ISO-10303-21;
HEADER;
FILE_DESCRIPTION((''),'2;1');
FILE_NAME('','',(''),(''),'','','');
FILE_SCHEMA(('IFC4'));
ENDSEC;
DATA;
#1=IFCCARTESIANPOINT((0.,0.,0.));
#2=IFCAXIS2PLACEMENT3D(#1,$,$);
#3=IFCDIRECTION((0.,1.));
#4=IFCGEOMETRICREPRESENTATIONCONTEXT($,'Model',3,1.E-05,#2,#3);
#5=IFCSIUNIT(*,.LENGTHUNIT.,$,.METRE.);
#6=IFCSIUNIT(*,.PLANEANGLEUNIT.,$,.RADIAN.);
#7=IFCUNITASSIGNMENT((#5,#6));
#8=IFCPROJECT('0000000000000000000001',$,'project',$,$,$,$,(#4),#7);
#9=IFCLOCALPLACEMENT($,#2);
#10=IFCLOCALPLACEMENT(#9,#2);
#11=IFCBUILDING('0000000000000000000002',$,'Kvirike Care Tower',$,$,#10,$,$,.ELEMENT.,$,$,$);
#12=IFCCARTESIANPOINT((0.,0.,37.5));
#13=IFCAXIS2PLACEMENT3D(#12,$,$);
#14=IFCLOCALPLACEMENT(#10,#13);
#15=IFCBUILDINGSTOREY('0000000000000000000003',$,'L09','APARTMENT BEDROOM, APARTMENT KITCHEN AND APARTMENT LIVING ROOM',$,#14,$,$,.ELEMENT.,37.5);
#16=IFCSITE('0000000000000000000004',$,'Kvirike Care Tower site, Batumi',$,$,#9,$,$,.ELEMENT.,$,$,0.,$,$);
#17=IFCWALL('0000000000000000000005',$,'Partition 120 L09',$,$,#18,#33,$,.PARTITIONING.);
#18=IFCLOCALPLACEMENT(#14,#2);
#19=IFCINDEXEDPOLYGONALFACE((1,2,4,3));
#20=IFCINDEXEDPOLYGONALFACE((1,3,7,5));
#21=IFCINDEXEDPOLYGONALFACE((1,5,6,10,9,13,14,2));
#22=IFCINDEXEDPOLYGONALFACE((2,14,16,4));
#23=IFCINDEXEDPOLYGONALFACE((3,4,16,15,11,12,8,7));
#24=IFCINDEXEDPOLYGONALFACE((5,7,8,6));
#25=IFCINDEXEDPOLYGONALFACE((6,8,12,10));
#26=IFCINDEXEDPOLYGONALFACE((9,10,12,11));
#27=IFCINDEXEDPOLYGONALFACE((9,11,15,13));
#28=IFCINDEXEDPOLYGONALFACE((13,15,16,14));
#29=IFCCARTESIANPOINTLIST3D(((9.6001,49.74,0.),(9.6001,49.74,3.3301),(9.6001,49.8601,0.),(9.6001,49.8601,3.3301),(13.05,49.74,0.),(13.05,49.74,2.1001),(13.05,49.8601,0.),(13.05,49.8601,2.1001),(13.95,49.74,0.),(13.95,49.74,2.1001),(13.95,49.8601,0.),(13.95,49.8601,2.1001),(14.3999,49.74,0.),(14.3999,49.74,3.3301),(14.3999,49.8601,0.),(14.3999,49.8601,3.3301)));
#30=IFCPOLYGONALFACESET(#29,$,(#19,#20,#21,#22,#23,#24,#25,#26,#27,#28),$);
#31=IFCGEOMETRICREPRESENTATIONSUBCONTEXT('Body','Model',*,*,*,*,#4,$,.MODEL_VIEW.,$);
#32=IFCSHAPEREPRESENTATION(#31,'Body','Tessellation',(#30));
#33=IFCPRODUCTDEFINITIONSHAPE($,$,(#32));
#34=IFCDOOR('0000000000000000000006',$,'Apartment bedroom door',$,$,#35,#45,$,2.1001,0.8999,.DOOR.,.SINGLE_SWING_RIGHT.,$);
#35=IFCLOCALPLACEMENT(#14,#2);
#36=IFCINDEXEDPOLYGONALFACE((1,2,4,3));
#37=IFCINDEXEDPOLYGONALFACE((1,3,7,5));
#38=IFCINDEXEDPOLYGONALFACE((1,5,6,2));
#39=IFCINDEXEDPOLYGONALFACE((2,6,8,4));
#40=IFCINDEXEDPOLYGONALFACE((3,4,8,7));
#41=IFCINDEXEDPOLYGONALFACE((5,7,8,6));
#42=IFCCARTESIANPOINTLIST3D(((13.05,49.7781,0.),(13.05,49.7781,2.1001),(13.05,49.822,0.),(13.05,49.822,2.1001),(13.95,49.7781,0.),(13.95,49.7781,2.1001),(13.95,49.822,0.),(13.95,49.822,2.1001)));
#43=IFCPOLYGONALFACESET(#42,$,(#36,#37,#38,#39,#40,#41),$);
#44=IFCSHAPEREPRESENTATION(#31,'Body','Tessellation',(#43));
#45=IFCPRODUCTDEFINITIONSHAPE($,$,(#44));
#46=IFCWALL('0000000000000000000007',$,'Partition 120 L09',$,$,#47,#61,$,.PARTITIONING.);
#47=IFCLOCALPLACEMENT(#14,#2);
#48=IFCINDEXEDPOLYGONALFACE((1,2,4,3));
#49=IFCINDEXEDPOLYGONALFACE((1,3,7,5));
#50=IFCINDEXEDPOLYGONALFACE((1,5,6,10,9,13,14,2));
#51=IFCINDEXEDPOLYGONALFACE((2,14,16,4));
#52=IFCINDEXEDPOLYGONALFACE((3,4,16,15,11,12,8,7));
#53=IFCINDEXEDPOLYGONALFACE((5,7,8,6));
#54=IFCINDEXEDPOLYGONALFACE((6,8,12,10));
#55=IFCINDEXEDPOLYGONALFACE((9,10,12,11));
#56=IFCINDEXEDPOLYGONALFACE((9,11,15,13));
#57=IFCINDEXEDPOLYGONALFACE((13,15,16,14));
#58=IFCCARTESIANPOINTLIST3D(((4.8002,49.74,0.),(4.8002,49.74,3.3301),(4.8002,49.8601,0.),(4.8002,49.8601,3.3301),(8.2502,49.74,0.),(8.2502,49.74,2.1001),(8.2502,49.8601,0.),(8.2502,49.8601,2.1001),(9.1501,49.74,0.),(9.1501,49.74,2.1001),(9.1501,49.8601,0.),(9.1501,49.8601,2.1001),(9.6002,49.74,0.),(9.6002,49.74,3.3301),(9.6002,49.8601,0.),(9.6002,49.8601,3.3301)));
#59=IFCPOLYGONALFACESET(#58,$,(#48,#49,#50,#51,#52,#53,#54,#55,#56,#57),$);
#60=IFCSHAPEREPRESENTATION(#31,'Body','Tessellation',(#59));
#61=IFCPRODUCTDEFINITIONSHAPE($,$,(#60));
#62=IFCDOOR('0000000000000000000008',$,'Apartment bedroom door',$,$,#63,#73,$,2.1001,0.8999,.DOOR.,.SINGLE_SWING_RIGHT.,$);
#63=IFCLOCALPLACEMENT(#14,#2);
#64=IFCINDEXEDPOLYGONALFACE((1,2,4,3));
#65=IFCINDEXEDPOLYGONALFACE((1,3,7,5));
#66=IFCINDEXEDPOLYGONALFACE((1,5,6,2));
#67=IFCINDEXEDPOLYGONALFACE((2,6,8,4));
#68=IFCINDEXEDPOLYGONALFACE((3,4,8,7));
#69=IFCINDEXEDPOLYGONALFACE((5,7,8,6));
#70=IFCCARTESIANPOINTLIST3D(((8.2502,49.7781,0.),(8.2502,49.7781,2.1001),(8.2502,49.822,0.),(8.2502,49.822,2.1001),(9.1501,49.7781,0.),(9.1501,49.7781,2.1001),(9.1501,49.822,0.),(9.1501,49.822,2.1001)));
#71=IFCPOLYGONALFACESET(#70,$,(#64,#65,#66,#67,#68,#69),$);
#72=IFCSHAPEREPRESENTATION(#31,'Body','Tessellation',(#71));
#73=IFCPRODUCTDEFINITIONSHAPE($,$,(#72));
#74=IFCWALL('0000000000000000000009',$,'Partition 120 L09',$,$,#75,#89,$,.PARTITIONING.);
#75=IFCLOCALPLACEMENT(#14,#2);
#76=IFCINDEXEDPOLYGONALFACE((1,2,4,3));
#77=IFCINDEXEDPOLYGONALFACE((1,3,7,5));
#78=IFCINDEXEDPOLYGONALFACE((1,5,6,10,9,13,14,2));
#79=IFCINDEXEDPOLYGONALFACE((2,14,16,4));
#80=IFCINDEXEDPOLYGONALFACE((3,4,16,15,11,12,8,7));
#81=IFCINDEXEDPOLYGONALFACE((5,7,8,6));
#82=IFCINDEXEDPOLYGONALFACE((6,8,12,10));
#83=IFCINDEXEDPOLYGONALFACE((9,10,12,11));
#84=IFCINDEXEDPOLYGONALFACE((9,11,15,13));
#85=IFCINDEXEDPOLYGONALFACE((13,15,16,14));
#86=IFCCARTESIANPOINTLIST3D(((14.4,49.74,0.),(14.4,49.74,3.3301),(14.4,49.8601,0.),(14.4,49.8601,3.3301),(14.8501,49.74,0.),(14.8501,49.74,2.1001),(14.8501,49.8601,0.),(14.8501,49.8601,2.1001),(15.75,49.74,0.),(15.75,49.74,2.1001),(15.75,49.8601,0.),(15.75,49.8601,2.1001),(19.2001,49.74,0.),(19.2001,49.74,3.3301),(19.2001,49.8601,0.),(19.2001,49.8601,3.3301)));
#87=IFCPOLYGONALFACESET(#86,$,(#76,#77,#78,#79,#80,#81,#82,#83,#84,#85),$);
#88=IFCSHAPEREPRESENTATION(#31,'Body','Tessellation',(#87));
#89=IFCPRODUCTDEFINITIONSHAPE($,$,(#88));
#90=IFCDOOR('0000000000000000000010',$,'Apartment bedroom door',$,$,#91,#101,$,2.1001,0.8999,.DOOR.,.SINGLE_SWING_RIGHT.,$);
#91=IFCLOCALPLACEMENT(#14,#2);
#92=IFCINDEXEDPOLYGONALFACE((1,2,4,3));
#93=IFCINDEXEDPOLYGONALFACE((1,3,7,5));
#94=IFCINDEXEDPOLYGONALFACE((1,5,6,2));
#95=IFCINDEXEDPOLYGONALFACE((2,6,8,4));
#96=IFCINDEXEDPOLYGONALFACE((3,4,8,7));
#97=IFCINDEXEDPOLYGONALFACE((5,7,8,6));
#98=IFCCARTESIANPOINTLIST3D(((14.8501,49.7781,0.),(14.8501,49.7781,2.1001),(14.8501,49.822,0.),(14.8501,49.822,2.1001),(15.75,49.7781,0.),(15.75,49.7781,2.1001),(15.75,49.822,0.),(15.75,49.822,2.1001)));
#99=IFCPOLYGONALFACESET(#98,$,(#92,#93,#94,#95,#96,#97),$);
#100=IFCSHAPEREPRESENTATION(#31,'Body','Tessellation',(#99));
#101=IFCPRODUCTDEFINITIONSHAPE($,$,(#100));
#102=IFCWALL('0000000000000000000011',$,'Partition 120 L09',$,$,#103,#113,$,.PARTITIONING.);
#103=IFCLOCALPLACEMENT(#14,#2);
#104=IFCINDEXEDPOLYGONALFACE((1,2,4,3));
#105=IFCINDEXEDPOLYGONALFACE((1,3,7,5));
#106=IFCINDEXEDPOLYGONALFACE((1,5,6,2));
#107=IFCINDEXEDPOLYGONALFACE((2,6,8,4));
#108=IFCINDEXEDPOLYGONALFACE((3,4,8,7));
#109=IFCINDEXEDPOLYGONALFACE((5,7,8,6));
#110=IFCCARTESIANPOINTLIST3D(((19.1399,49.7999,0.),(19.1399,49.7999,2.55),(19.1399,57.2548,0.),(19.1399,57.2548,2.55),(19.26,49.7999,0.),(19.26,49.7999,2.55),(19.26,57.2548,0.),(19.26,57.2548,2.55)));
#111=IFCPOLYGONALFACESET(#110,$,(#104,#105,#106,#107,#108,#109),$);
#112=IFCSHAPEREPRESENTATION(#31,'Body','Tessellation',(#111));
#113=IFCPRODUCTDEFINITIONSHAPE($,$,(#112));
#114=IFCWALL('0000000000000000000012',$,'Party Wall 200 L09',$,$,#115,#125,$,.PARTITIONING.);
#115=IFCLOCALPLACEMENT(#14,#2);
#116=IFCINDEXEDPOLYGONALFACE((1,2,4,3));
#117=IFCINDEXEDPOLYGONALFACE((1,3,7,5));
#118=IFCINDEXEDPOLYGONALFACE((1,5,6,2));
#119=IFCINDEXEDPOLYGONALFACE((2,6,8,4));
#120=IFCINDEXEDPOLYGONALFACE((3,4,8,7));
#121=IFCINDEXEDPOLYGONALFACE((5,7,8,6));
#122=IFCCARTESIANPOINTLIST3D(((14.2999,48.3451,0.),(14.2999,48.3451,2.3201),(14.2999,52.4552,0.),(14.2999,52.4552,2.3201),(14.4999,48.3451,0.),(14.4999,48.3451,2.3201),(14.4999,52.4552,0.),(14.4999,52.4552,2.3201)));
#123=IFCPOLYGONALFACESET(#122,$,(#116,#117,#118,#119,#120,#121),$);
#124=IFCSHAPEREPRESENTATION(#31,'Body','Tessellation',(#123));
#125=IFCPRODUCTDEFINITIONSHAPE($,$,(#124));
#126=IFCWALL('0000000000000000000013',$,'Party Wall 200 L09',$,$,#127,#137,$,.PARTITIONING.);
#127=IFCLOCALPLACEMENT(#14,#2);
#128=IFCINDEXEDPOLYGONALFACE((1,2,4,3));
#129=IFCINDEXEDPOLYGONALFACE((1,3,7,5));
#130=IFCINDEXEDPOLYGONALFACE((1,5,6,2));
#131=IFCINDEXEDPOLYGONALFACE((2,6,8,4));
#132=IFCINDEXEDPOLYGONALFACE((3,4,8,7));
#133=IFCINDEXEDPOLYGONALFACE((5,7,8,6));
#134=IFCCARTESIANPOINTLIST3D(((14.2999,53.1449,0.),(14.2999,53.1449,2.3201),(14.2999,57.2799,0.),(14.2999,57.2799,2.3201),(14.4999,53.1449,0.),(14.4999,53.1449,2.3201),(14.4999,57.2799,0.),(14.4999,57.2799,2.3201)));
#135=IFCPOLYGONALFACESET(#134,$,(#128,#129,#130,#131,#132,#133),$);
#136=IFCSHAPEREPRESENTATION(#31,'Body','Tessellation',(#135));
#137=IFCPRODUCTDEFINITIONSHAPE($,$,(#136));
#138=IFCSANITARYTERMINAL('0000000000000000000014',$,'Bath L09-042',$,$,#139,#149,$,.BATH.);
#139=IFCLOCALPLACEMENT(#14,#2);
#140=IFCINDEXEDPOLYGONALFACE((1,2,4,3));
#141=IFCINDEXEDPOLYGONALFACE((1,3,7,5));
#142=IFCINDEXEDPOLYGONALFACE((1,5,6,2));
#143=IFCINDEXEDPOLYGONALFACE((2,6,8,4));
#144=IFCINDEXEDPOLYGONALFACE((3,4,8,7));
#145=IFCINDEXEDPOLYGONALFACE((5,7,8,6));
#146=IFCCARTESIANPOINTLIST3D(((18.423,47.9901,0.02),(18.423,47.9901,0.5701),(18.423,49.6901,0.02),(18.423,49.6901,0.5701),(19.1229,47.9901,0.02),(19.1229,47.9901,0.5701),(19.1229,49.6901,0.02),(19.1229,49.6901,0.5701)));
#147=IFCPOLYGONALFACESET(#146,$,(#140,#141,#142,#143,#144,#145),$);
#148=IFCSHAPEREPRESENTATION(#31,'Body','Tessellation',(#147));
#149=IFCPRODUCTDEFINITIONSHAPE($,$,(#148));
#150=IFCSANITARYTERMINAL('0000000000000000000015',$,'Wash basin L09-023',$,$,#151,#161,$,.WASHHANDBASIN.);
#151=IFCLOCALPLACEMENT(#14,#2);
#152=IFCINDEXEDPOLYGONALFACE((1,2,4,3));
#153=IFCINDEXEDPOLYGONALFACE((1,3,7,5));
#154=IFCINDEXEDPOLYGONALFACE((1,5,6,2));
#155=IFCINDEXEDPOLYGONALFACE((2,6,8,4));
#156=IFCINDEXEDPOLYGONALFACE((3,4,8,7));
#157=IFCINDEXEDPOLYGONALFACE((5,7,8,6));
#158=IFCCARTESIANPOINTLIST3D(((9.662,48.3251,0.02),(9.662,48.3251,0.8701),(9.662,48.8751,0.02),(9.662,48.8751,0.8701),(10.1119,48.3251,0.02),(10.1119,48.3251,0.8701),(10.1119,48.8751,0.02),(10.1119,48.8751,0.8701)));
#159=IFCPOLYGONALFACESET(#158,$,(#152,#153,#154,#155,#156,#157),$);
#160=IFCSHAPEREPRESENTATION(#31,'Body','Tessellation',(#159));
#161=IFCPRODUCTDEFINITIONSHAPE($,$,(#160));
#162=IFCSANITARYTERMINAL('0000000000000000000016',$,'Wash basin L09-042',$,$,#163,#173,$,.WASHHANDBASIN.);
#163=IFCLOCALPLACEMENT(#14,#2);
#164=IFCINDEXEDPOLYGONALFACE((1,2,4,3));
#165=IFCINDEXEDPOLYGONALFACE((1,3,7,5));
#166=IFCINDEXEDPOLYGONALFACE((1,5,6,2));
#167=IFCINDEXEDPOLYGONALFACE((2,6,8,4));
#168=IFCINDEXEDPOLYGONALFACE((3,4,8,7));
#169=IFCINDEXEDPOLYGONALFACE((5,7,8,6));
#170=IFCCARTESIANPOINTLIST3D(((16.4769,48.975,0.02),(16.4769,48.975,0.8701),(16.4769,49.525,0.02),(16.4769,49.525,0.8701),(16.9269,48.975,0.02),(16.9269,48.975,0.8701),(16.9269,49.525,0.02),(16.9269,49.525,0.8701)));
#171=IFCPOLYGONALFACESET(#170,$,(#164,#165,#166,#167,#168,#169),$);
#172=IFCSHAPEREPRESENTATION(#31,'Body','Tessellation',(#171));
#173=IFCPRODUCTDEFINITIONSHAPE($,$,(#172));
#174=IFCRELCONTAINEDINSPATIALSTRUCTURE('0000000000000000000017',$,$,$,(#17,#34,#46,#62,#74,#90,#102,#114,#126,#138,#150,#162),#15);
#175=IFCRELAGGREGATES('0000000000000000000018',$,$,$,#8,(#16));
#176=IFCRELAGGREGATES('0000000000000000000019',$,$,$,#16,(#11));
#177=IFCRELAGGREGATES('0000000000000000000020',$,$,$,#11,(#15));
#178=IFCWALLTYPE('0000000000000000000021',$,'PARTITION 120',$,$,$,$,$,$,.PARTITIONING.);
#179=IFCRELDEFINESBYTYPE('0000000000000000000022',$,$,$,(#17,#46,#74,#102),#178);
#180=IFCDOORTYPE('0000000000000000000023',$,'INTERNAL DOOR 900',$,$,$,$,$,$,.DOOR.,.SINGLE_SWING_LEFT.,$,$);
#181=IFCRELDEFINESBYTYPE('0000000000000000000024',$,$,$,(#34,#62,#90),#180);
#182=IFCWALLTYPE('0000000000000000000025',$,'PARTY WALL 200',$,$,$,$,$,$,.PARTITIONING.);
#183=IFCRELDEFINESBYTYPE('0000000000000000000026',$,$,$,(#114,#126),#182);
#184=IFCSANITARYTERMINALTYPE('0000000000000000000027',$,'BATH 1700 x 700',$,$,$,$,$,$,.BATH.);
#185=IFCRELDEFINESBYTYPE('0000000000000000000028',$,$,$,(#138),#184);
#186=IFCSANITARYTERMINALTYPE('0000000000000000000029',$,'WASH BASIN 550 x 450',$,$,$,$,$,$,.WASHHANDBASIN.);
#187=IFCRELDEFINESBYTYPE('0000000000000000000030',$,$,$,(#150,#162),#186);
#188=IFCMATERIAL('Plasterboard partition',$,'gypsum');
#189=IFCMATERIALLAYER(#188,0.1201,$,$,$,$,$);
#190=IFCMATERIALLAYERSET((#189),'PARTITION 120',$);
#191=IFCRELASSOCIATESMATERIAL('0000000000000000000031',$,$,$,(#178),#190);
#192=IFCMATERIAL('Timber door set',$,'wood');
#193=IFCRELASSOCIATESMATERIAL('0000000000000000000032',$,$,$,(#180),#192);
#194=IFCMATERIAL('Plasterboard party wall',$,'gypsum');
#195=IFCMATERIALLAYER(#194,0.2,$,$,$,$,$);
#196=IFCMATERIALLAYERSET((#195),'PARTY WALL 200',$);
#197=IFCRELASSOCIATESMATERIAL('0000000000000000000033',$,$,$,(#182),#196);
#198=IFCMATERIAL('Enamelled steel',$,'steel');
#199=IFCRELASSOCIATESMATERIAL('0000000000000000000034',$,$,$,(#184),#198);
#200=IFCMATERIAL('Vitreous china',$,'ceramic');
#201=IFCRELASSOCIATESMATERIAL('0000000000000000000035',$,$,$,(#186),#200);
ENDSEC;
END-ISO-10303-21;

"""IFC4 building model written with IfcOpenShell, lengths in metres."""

from ifc_helpers import new_model, si_unit, direction, frame, frame_2d, origin, origin_2d, place, context, subcontext, project, spatial, rectangle, extrude, material, layer, layer_set, type_object, element, fill, save


model = new_model("IFC4")

# Units and contexts
model_context = context("Model", 3, precision=1e-05, world=origin(), true_north=direction((0.0, 1.0)))
body_context = subcontext(model_context, "Body", "Model", "MODEL_VIEW")
ifc_project = project(units=[si_unit("LENGTHUNIT", "METRE"), si_unit("PLANEANGLEUNIT", "RADIAN")], contexts=[model_context])

# Site, building, storey
site_placement = place(None, origin())
site = spatial("IfcSite", under=ifc_project, at=site_placement, Name="Kvirike Care Tower site, Batumi", CompositionType="ELEMENT", RefElevation=0.0)
building_placement = place(site_placement, origin())
building = spatial("IfcBuilding", under=site, at=building_placement, Name="Kvirike Care Tower", CompositionType="ELEMENT")
storey_placement = place(building_placement, frame((0.0, 0.0, 37.5)))
storey = spatial("IfcBuildingStorey", under=building, at=storey_placement, Name="L09", Description="APARTMENT BEDROOM, APARTMENT KITCHEN AND APARTMENT LIVING ROOM", CompositionType="ELEMENT", Elevation=37.5)

# Walls, openings, doors
ifc_material_1 = material(Name="Plasterboard partition", Category="gypsum")
ifc_layer_1 = layer(ifc_material_1, 0.1201)
ifc_layer_set_1 = layer_set([ifc_layer_1], Name="PARTITION 120")
wall_type_1 = type_object("IfcWallType", Name="PARTITION 120", PredefinedType="PARTITIONING", material=ifc_layer_set_1)
ifc_material_2 = material(Name="Timber door set", Category="wood")
door_type_1 = type_object("IfcDoorType", Name="INTERNAL DOOR 900", OperationType="SINGLE_SWING_LEFT", PredefinedType="DOOR", material=ifc_material_2)
wall_1_placement = place(storey_placement, frame((14.3999, 49.8, 0.0), z_axis=(0.0, 0.0, 1.0), x_axis=(-1.0, 0.0, 0.0)))
wall_1 = element("IfcWall", 1, at=wall_1_placement, inside=storey, type_object=wall_type_1, Name="Partition 120 L09", PredefinedType="PARTITIONING", context=body_context, shape_type="SweptSolid", body=[
    extrude(rectangle(XDim=4.7998, YDim=0.1201, at=frame_2d((2.3999, 0.0))), origin(), (0.0, 0.0, 1.0), 3.3301),
])
opening_1_placement = place(wall_1_placement, frame((0.45, 0.0, 0.0)))
opening_1 = element("IfcOpeningElement", 2, at=opening_1_placement, cuts=wall_1, PredefinedType="OPENING", context=body_context, shape_type="SweptSolid", body=[
    extrude(rectangle(XDim=0.8999, YDim=2.1001, at=frame_2d((0.45, 1.05))), frame((0.0, 0.0706, 0.0), z_axis=(0.0, -1.0, 0.0), x_axis=(1.0, 0.0, 0.0)), (0.0, 0.0, 1.0), 0.1411),
])
door_1_placement = place(opening_1_placement, origin())
door_1 = element("IfcDoor", 3, at=door_1_placement, inside=storey, type_object=door_type_1, Name="Apartment bedroom door", OperationType="SINGLE_SWING_RIGHT", OverallHeight=2.1001, OverallWidth=0.8999, PredefinedType="DOOR", context=body_context, shape_type="SweptSolid", body=[
    extrude(rectangle(XDim=0.8999, YDim=2.1001, at=frame_2d((0.45, 1.05))), frame((0.0, 0.022, 0.0), z_axis=(0.0, -1.0, 0.0), x_axis=(1.0, 0.0, 0.0)), (0.0, 0.0, 1.0), 0.0439),
])
fill(opening_1, door_1)
wall_2_placement = place(storey_placement, frame((9.6001, 49.8, 0.0), z_axis=(0.0, 0.0, 1.0), x_axis=(-1.0, 0.0, 0.0)))
wall_2 = element("IfcWall", 4, at=wall_2_placement, inside=storey, type_object=wall_type_1, Name="Partition 120 L09", PredefinedType="PARTITIONING", context=body_context, shape_type="SweptSolid", body=[
    extrude(rectangle(XDim=4.8, YDim=0.1201, at=frame_2d((2.3999, 0.0))), origin(), (0.0, 0.0, 1.0), 3.3301),
])
opening_2_placement = place(wall_2_placement, frame((0.45, 0.0, 0.0)))
opening_2 = element("IfcOpeningElement", 5, at=opening_2_placement, cuts=wall_2, PredefinedType="OPENING", context=body_context, shape_type="SweptSolid", body=[
    extrude(rectangle(XDim=0.8999, YDim=2.1001, at=frame_2d((0.45, 1.05))), frame((0.0, 0.0706, 0.0), z_axis=(0.0, -1.0, 0.0), x_axis=(1.0, 0.0, 0.0)), (0.0, 0.0, 1.0), 0.1411),
])
door_2_placement = place(opening_2_placement, origin())
door_2 = element("IfcDoor", 6, at=door_2_placement, inside=storey, type_object=door_type_1, Name="Apartment bedroom door", OperationType="SINGLE_SWING_RIGHT", OverallHeight=2.1001, OverallWidth=0.8999, PredefinedType="DOOR", context=body_context, shape_type="SweptSolid", body=[
    extrude(rectangle(XDim=0.8999, YDim=2.1001, at=frame_2d((0.45, 1.05))), frame((0.0, 0.022, 0.0), z_axis=(0.0, -1.0, 0.0), x_axis=(1.0, 0.0, 0.0)), (0.0, 0.0, 1.0), 0.0439),
])
fill(opening_2, door_2)
wall_3_placement = place(storey_placement, frame((19.2, 49.8, 0.0), z_axis=(0.0, 0.0, 1.0), x_axis=(-1.0, 0.0, 0.0)))
wall_3 = element("IfcWall", 7, at=wall_3_placement, inside=storey, type_object=wall_type_1, Name="Partition 120 L09", PredefinedType="PARTITIONING", context=body_context, shape_type="SweptSolid", body=[
    extrude(rectangle(XDim=4.8, YDim=0.1201, at=frame_2d((2.3999, 0.0))), origin(), (0.0, 0.0, 1.0), 3.3301),
])
opening_3_placement = place(wall_3_placement, frame((3.45, 0.0, 0.0)))
opening_3 = element("IfcOpeningElement", 8, at=opening_3_placement, cuts=wall_3, PredefinedType="OPENING", context=body_context, shape_type="SweptSolid", body=[
    extrude(rectangle(XDim=0.8999, YDim=2.1001, at=frame_2d((0.45, 1.05))), frame((0.0, 0.0706, 0.0), z_axis=(0.0, -1.0, 0.0), x_axis=(1.0, 0.0, 0.0)), (0.0, 0.0, 1.0), 0.1411),
])
door_3_placement = place(opening_3_placement, frame((0.8999, 0.0, 0.0), z_axis=(0.0, 0.0, 1.0), x_axis=(-1.0, 0.0, 0.0)))
door_3 = element("IfcDoor", 9, at=door_3_placement, inside=storey, type_object=door_type_1, Name="Apartment bedroom door", OperationType="SINGLE_SWING_RIGHT", OverallHeight=2.1001, OverallWidth=0.8999, PredefinedType="DOOR", context=body_context, shape_type="SweptSolid", body=[
    extrude(rectangle(XDim=0.8999, YDim=2.1001, at=frame_2d((0.45, 1.05))), frame((0.0, 0.022, 0.0), z_axis=(0.0, -1.0, 0.0), x_axis=(1.0, 0.0, 0.0)), (0.0, 0.0, 1.0), 0.0439),
])
fill(opening_3, door_3)

# Walls
wall_4_placement = place(storey_placement, frame((19.2, 57.2549, 0.0), z_axis=(0.0, 0.0, 1.0), x_axis=(0.0, -1.0, 0.0)))
element("IfcWall", 10, at=wall_4_placement, inside=storey, type_object=wall_type_1, Name="Partition 120 L09", PredefinedType="PARTITIONING", context=body_context, shape_type="SweptSolid", body=[
    extrude(rectangle(XDim=7.4548, YDim=0.1201, at=frame_2d((3.7275, 0.0))), origin(), (0.0, 0.0, 1.0), 2.55),
])
ifc_material_3 = material(Name="Plasterboard party wall", Category="gypsum")
ifc_layer_2 = layer(ifc_material_3, 0.2)
ifc_layer_set_2 = layer_set([ifc_layer_2], Name="PARTY WALL 200")
wall_type_2 = type_object("IfcWallType", Name="PARTY WALL 200", PredefinedType="PARTITIONING", material=ifc_layer_set_2)
wall_5_placement = place(storey_placement, frame((14.3999, 48.345, 0.0), z_axis=(0.0, 0.0, 1.0), x_axis=(0.0, 1.0, 0.0)))
element("IfcWall", 11, at=wall_5_placement, inside=storey, type_object=wall_type_2, Name="Party Wall 200 L09", PredefinedType="PARTITIONING", context=body_context, shape_type="SweptSolid", body=[
    extrude(rectangle(XDim=4.1101, YDim=0.2, at=frame_2d((2.0552, 0.0))), origin(), (0.0, 0.0, 1.0), 2.3201),
])
wall_6_placement = place(storey_placement, frame((14.3999, 53.145, 0.0), z_axis=(0.0, 0.0, 1.0), x_axis=(0.0, 1.0, 0.0)))
element("IfcWall", 12, at=wall_6_placement, inside=storey, type_object=wall_type_2, Name="Party Wall 200 L09", PredefinedType="PARTITIONING", context=body_context, shape_type="SweptSolid", body=[
    extrude(rectangle(XDim=4.135, YDim=0.2, at=frame_2d((2.0674, 0.0))), origin(), (0.0, 0.0, 1.0), 2.3201),
])

# Sanitary terminals
ifc_material_4 = material(Name="Enamelled steel", Category="steel")
sanitary_terminal_type_1 = type_object("IfcSanitaryTerminalType", Name="BATH 1700 x 700", PredefinedType="BATH", material=ifc_material_4)
sanitary_terminal_1_placement = place(storey_placement, frame((18.7729, 48.8401, 0.02), z_axis=(0.0, 0.0, 1.0), x_axis=(0.0, -1.0, 0.0)))
element("IfcSanitaryTerminal", 13, at=sanitary_terminal_1_placement, inside=storey, type_object=sanitary_terminal_type_1, Name="Bath L09-042", PredefinedType="BATH", context=body_context, shape_type="SweptSolid", body=[
    extrude(rectangle(XDim=1.7, YDim=0.7, at=origin_2d()), origin(), (0.0, 0.0, 1.0), 0.55),
])
ifc_material_5 = material(Name="Vitreous china", Category="ceramic")
sanitary_terminal_type_2 = type_object("IfcSanitaryTerminalType", Name="WASH BASIN 550 x 450", PredefinedType="WASHHANDBASIN", material=ifc_material_5)
for number, where, z_axis, x_axis, name in (
    (14, (9.887, 48.6001, 0.02), (0.0, 0.0, 1.0), (0.0, 1.0, 0.0), "Wash basin L09-023"),
    (15, (16.7019, 49.25, 0.02), (0.0, 0.0, 1.0), (0.0, 1.0, 0.0), "Wash basin L09-042"),
):
    element("IfcSanitaryTerminal", number, at=place(storey_placement, frame(where, z_axis=z_axis, x_axis=x_axis)), inside=storey, type_object=sanitary_terminal_type_2, Name=name, PredefinedType="WASHHANDBASIN", context=body_context, shape_type="SweptSolid", body=[
        extrude(rectangle(XDim=0.55, YDim=0.45, at=origin_2d()), origin(), (0.0, 0.0, 1.0), 0.8501),
    ])

save(model, "model.ifc")
